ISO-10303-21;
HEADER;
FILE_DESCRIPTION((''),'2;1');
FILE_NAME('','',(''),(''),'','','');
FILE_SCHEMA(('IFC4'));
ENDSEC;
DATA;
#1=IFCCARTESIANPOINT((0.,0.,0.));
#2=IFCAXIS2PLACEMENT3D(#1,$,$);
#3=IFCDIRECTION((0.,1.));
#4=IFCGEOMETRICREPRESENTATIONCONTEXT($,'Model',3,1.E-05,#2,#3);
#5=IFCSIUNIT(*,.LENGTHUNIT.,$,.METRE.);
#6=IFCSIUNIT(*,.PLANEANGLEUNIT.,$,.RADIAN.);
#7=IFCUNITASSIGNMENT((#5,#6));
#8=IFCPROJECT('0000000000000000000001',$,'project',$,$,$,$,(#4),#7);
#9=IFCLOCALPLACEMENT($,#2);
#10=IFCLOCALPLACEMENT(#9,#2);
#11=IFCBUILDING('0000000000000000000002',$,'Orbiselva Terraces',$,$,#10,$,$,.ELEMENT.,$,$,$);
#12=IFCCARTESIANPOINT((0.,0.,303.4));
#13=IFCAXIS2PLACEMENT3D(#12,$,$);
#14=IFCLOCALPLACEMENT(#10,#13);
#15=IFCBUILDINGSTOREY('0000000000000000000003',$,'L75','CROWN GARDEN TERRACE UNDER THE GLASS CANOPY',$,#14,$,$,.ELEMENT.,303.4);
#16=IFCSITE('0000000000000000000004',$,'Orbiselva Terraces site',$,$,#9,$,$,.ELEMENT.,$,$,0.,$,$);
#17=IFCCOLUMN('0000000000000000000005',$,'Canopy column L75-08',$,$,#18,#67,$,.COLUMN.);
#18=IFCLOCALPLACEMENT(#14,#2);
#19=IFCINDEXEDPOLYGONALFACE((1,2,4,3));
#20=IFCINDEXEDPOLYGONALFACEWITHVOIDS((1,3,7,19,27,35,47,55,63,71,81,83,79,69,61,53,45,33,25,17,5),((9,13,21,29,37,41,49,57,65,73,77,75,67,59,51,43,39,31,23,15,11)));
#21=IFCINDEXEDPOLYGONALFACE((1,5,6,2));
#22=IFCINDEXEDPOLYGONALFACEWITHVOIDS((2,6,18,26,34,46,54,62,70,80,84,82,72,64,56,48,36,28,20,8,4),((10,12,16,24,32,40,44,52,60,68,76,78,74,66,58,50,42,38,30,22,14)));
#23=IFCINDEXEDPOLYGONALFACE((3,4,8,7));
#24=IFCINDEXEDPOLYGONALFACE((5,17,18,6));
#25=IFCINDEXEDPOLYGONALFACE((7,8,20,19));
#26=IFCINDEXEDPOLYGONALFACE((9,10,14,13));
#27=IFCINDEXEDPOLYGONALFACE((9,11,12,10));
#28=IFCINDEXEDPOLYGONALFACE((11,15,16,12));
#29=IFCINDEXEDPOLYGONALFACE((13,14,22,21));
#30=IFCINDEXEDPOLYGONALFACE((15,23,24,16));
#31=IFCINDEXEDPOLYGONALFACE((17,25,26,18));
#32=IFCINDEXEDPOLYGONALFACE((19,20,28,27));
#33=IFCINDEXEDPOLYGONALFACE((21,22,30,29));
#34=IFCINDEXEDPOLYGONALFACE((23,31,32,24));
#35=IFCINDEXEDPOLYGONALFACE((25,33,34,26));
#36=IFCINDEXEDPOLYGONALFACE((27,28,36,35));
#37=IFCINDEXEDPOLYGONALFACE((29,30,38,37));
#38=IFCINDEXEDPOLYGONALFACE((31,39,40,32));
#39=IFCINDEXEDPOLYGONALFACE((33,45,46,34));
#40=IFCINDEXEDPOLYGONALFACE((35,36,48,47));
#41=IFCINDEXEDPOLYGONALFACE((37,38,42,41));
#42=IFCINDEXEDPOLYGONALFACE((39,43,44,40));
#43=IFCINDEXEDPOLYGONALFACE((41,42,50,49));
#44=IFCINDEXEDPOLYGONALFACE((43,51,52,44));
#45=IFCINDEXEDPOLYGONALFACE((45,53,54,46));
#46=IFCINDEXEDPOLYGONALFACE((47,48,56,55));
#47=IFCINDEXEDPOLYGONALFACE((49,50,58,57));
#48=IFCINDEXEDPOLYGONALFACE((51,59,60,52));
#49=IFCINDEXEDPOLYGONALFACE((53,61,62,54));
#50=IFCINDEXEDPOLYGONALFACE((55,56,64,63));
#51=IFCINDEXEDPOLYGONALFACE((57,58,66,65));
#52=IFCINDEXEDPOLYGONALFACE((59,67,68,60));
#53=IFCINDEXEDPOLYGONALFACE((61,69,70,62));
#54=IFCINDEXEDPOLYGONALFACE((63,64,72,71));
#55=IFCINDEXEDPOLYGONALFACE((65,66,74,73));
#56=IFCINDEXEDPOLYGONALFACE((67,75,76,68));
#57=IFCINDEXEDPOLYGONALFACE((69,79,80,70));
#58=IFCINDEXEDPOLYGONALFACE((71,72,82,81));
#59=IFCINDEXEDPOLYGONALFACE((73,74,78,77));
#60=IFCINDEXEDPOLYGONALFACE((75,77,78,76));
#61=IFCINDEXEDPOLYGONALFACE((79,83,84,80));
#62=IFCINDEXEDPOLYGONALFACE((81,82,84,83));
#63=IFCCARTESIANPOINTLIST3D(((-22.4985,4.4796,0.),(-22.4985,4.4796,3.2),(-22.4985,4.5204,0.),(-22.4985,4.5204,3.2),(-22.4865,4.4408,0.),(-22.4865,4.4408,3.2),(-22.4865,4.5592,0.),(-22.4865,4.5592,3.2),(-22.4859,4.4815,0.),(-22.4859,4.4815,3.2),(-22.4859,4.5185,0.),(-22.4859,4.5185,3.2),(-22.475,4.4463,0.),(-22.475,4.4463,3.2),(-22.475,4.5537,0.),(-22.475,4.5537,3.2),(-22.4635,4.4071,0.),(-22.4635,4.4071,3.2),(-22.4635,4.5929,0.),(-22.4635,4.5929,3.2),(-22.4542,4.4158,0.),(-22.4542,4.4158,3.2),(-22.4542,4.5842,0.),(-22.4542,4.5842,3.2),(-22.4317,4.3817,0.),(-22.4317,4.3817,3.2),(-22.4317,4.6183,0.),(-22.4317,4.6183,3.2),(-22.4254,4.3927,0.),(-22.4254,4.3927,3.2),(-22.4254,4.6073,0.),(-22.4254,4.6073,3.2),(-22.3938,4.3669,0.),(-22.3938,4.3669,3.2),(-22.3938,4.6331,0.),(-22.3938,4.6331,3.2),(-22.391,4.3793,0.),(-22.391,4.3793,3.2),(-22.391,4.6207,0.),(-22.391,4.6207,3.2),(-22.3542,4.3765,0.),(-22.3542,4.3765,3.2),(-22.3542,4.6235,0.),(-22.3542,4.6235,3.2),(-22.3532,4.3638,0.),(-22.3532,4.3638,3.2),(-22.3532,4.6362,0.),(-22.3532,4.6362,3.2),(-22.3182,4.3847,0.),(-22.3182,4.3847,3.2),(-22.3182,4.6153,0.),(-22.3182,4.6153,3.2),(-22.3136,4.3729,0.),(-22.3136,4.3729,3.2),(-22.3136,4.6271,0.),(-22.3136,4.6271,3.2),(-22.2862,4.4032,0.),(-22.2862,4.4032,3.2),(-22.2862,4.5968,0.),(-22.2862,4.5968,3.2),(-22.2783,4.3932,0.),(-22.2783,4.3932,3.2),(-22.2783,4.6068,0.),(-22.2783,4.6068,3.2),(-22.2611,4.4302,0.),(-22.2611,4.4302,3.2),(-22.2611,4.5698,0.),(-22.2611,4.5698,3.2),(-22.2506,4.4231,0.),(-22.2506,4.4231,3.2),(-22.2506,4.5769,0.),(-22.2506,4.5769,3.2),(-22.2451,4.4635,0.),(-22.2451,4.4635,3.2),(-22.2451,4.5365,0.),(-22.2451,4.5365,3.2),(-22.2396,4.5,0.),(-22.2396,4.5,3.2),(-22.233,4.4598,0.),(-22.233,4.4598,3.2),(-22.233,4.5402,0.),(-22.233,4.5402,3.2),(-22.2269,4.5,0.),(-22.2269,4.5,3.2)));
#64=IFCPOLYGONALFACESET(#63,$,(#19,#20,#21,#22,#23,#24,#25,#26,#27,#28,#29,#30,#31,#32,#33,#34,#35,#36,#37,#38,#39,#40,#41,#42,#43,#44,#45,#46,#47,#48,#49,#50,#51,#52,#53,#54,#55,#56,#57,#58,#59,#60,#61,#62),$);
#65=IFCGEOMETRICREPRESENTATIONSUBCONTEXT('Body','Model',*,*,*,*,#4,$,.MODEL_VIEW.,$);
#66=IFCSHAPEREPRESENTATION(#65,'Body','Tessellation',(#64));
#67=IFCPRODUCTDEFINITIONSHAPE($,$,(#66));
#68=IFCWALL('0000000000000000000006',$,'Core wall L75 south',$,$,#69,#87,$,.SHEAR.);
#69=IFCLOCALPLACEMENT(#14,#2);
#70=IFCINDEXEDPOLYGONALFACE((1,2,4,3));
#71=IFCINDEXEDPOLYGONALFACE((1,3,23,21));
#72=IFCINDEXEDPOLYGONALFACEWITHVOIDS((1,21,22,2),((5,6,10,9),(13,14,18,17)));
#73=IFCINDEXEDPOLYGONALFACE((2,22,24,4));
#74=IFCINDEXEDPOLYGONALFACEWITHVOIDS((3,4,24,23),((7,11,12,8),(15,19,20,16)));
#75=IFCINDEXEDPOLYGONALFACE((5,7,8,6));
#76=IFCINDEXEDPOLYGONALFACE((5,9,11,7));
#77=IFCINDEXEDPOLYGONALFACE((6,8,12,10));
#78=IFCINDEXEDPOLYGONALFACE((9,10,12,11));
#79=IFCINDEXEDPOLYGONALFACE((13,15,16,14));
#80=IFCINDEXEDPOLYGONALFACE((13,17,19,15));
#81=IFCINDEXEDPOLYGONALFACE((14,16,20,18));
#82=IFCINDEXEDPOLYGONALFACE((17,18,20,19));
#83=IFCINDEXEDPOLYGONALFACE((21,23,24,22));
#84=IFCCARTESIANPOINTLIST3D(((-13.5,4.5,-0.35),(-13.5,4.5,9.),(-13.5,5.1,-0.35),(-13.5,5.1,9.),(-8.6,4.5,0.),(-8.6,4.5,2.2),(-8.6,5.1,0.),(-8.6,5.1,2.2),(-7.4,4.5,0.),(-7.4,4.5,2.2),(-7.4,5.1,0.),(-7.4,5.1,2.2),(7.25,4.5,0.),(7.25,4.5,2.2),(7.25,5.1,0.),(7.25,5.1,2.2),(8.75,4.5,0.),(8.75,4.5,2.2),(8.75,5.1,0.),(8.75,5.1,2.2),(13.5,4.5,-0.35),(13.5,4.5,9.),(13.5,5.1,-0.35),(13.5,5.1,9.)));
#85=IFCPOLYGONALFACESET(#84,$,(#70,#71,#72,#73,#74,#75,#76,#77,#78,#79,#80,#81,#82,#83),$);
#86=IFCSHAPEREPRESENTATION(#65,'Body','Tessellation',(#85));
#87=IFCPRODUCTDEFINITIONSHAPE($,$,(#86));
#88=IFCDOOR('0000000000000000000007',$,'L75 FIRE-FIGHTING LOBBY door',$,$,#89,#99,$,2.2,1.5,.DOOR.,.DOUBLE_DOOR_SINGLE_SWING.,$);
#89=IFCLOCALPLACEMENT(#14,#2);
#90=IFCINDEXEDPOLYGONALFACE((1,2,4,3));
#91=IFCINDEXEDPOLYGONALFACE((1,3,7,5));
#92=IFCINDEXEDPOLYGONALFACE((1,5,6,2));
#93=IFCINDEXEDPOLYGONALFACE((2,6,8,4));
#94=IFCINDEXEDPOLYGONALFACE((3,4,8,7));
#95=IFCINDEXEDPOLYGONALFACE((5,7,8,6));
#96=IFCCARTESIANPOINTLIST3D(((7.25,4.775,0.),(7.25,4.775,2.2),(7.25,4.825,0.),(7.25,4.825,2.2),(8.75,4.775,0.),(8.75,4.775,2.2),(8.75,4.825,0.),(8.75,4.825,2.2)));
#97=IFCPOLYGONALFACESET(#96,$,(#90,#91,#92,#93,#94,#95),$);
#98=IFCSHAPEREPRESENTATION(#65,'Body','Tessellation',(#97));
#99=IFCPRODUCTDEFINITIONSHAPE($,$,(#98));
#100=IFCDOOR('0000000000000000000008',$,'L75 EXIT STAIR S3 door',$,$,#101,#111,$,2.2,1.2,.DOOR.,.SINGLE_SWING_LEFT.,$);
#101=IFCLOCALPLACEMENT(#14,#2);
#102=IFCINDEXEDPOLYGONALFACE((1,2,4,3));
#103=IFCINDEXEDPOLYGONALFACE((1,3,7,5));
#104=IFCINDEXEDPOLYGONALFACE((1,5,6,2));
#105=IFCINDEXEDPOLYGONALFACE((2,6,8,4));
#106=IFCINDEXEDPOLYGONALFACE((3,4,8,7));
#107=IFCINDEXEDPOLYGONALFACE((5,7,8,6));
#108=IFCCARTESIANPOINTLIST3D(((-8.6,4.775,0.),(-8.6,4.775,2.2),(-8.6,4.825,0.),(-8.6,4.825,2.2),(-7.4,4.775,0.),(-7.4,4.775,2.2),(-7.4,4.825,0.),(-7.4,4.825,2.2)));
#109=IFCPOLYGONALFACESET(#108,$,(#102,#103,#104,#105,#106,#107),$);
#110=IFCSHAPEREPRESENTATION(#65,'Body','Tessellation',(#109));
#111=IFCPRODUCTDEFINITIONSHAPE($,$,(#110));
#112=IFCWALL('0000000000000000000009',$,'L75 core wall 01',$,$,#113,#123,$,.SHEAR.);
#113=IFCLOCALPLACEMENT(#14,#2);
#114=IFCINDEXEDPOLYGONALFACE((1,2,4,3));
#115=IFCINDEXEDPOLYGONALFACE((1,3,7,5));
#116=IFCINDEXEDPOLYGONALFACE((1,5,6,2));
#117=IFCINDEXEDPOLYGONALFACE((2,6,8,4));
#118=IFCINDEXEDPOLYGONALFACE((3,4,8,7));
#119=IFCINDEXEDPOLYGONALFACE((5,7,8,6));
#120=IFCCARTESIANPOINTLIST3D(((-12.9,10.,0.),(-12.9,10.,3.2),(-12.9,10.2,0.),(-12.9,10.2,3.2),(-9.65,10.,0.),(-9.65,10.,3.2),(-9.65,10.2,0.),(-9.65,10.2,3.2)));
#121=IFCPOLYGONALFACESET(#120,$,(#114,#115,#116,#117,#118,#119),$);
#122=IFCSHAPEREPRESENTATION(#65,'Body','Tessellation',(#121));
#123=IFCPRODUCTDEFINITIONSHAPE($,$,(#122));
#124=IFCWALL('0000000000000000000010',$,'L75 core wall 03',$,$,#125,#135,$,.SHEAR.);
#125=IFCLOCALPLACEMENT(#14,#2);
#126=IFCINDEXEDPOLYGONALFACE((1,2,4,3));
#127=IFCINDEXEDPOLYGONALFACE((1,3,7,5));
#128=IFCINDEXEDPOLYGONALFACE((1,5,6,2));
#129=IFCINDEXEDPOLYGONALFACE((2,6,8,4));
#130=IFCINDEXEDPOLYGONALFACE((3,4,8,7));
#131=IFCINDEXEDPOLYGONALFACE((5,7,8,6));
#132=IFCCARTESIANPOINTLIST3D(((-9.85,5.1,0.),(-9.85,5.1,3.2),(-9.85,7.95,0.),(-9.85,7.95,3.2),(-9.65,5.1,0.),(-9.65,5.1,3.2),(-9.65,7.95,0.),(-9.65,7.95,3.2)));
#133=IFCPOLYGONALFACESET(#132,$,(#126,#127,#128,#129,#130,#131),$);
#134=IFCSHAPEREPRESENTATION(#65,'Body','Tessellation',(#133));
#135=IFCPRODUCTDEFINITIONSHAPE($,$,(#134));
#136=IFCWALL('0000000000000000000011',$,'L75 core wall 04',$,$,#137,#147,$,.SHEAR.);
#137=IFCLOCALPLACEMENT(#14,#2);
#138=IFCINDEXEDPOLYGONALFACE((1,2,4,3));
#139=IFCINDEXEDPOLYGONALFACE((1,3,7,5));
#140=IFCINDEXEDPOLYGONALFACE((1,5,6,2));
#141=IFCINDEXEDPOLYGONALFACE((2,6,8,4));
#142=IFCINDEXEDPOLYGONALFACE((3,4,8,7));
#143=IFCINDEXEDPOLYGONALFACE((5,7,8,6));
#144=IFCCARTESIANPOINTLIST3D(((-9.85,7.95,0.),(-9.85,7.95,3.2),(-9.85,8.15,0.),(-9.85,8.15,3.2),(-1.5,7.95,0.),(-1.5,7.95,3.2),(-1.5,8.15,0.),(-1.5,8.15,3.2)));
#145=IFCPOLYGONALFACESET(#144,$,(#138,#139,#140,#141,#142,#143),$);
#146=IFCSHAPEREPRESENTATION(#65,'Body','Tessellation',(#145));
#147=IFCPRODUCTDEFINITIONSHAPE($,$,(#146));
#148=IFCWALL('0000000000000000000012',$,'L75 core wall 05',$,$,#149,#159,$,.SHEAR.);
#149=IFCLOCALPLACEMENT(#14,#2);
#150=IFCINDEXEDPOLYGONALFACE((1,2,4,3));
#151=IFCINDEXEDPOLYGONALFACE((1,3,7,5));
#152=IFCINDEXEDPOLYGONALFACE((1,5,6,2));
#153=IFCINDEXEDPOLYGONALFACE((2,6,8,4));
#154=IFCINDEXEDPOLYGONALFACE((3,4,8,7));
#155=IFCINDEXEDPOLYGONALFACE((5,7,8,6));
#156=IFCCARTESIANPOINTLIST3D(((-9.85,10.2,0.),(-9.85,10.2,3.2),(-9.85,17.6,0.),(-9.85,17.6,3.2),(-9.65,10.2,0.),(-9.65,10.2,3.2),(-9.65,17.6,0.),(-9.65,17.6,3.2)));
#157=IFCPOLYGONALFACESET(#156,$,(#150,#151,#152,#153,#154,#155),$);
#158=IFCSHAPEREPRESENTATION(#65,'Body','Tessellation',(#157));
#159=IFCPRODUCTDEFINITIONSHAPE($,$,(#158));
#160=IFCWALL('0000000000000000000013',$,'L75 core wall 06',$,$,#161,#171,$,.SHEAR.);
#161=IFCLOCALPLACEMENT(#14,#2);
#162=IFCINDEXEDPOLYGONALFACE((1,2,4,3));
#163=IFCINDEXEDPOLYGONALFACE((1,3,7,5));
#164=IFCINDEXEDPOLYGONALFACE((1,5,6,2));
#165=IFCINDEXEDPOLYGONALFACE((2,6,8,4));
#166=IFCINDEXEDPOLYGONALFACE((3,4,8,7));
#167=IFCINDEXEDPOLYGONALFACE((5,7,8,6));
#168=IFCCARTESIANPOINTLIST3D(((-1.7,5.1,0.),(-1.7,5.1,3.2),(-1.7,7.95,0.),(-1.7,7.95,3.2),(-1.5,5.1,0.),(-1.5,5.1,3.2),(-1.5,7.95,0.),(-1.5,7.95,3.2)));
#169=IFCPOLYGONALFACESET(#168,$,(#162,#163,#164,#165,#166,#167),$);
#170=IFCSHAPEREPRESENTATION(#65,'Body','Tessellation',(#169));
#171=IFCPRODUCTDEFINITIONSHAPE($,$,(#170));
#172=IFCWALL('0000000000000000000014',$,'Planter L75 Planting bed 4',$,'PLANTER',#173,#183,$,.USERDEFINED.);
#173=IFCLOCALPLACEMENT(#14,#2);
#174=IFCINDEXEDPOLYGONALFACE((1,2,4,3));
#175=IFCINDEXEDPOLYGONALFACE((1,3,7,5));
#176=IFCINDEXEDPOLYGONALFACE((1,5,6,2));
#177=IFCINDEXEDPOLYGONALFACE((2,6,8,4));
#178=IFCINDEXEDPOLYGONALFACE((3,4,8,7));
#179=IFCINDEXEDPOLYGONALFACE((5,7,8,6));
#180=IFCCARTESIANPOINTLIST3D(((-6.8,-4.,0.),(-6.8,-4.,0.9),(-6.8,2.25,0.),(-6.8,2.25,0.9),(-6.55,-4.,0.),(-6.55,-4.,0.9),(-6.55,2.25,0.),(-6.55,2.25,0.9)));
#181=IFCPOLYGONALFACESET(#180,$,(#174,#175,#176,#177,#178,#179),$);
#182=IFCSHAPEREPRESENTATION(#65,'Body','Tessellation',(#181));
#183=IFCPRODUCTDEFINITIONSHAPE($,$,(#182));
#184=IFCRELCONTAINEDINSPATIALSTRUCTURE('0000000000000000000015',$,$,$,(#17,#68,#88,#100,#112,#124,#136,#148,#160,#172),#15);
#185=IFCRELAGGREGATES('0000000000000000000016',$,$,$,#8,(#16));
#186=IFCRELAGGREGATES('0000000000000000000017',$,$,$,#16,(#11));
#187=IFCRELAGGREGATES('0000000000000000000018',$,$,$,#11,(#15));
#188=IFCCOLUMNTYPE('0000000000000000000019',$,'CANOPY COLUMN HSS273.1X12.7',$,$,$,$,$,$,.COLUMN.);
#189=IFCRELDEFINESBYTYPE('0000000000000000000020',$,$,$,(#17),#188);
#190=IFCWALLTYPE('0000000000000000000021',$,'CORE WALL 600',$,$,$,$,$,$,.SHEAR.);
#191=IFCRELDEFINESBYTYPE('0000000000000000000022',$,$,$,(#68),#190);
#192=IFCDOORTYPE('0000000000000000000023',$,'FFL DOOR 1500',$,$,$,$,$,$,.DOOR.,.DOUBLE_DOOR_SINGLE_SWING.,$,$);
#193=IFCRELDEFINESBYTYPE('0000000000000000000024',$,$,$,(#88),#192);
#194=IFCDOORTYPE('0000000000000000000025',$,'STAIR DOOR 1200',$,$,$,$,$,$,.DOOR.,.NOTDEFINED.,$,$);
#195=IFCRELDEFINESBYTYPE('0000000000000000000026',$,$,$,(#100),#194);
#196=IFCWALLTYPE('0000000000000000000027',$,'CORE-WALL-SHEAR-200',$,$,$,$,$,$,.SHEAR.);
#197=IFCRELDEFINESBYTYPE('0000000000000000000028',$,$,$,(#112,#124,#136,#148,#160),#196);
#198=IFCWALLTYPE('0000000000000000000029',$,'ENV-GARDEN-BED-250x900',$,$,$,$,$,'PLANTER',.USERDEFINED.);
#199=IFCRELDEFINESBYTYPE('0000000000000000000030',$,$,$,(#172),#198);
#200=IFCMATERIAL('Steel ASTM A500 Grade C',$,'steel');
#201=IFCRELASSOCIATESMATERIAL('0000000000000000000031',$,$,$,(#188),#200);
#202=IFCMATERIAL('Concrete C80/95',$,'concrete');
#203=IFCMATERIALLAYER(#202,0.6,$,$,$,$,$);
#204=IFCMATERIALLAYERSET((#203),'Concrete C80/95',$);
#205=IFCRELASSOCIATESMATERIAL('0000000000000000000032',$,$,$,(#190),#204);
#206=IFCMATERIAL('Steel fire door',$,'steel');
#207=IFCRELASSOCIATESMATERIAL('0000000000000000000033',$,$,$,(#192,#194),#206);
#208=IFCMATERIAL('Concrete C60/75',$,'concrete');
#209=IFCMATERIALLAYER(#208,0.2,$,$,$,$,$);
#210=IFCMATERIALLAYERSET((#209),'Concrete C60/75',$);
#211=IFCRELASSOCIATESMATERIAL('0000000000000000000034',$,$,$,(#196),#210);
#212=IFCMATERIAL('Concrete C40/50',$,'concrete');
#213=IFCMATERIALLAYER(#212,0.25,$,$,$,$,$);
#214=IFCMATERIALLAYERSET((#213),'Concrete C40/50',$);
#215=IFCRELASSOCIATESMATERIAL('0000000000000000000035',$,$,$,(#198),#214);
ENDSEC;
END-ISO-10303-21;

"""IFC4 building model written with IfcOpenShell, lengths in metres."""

from ifc_helpers import new_model, si_unit, direction, frame, frame_2d, origin, origin_2d, place, context, subcontext, project, spatial, rectangle, hollow_circle, extrude, material, layer, layer_set, material_profile, profile_set, type_object, element, fill, save


model = new_model("IFC4")

# Units and contexts
model_context = context("Model", 3, precision=1e-05, world=origin(), true_north=direction((0.0, 1.0)))
body_context = subcontext(model_context, "Body", "Model", "MODEL_VIEW")
ifc_project = project(units=[si_unit("LENGTHUNIT", "METRE"), si_unit("PLANEANGLEUNIT", "RADIAN")], contexts=[model_context])

# Site, building, storey
site_placement = place(None, origin())
site = spatial("IfcSite", under=ifc_project, at=site_placement, Name="Orbiselva Terraces site", CompositionType="ELEMENT", RefElevation=0.0)
building_placement = place(site_placement, origin())
building = spatial("IfcBuilding", under=site, at=building_placement, Name="Orbiselva Terraces", CompositionType="ELEMENT")
storey_placement = place(building_placement, frame((0.0, 0.0, 303.4)))
storey = spatial("IfcBuildingStorey", under=building, at=storey_placement, Name="L75", Description="CROWN GARDEN TERRACE UNDER THE GLASS CANOPY", CompositionType="ELEMENT", Elevation=303.4)

# Column
ifc_material_1 = material(Name="Steel ASTM A500 Grade C", Category="steel")
ifc_material_profile = material_profile(ifc_material_1, hollow_circle(Radius=0.1366, WallThickness=0.0127, at=origin_2d()), Name="HSS273.1X12.7")
ifc_profile_set = profile_set([ifc_material_profile], Name="Steel ASTM A500 Grade C")
column_type = type_object("IfcColumnType", Name="CANOPY COLUMN HSS273.1X12.7", PredefinedType="COLUMN", material=ifc_profile_set)
column_placement = place(storey_placement, frame((-22.3635, 4.5, 0.0), z_axis=(0.0, 0.0, 1.0), x_axis=(1.0, 0.0, 0.0)))
element("IfcColumn", 1, at=column_placement, inside=storey, type_object=column_type, Name="Canopy column L75-08", PredefinedType="COLUMN", context=body_context, shape_type="SweptSolid", body=[
    extrude(hollow_circle(Radius=0.1366, WallThickness=0.0127, at=origin_2d()), origin(), (0.0, 0.0, 1.0), 3.2),
])

# Wall, openings, doors
ifc_material_2 = material(Name="Concrete C80/95", Category="concrete")
ifc_layer_1 = layer(ifc_material_2, 0.6)
ifc_layer_set_1 = layer_set([ifc_layer_1], Name="Concrete C80/95")
wall_type_1 = type_object("IfcWallType", Name="CORE WALL 600", PredefinedType="SHEAR", material=ifc_layer_set_1)
wall_1_placement = place(storey_placement, frame((-13.5, 4.8, -0.35), z_axis=(0.0, 0.0, 1.0), x_axis=(1.0, 0.0, 0.0)))
wall_1 = element("IfcWall", 2, at=wall_1_placement, inside=storey, type_object=wall_type_1, Name="Core wall L75 south", PredefinedType="SHEAR", context=body_context, shape_type="SweptSolid", body=[
    extrude(rectangle(XDim=27.0, YDim=0.6, at=frame_2d((13.5, 0.0))), origin(), (0.0, 0.0, 1.0), 9.35),
])
opening_1_placement = place(wall_1_placement, frame((4.9, 0.0, 0.35)))
opening_1 = element("IfcOpeningElement", 3, at=opening_1_placement, cuts=wall_1, PredefinedType="OPENING", context=body_context, shape_type="SweptSolid", body=[
    extrude(rectangle(XDim=1.2, YDim=2.2, at=frame_2d((0.6, 1.1))), frame((0.0, 0.31, 0.0), z_axis=(0.0, -1.0, 0.0), x_axis=(1.0, 0.0, 0.0)), (0.0, 0.0, 1.0), 0.62),
])
opening_2_placement = place(wall_1_placement, frame((20.75, 0.0, 0.35)))
opening_2 = element("IfcOpeningElement", 4, at=opening_2_placement, cuts=wall_1, PredefinedType="OPENING", context=body_context, shape_type="SweptSolid", body=[
    extrude(rectangle(XDim=1.5, YDim=2.2, at=frame_2d((0.75, 1.1))), frame((0.0, 0.31, 0.0), z_axis=(0.0, -1.0, 0.0), x_axis=(1.0, 0.0, 0.0)), (0.0, 0.0, 1.0), 0.62),
])
ifc_material_3 = material(Name="Steel fire door", Category="steel")
door_type_1 = type_object("IfcDoorType", Name="FFL DOOR 1500", OperationType="DOUBLE_DOOR_SINGLE_SWING", PredefinedType="DOOR", material=ifc_material_3)
door_1_placement = place(opening_2_placement, frame((1.5, 0.0, 0.0), z_axis=(0.0, 0.0, 1.0), x_axis=(-1.0, 0.0, 0.0)))
door_1 = element("IfcDoor", 5, at=door_1_placement, inside=storey, type_object=door_type_1, Name="L75 FIRE-FIGHTING LOBBY door", OperationType="DOUBLE_DOOR_SINGLE_SWING", OverallHeight=2.2, OverallWidth=1.5, PredefinedType="DOOR", context=body_context, shape_type="SweptSolid", body=[
    extrude(rectangle(XDim=1.5, YDim=2.2, at=frame_2d((0.75, 1.1))), frame((0.0, 0.025, 0.0), z_axis=(0.0, -1.0, 0.0), x_axis=(1.0, 0.0, 0.0)), (0.0, 0.0, 1.0), 0.05),
])
fill(opening_2, door_1)
door_type_2 = type_object("IfcDoorType", Name="STAIR DOOR 1200", OperationType="NOTDEFINED", PredefinedType="DOOR", material=ifc_material_3)
door_2_placement = place(opening_1_placement, frame((1.2, 0.0, 0.0), z_axis=(0.0, 0.0, 1.0), x_axis=(-1.0, 0.0, 0.0)))
door_2 = element("IfcDoor", 6, at=door_2_placement, inside=storey, type_object=door_type_2, Name="L75 EXIT STAIR S3 door", OperationType="SINGLE_SWING_LEFT", OverallHeight=2.2, OverallWidth=1.2, PredefinedType="DOOR", context=body_context, shape_type="SweptSolid", body=[
    extrude(rectangle(XDim=1.2, YDim=2.2, at=frame_2d((0.6, 1.1))), frame((0.0, 0.025, 0.0), z_axis=(0.0, -1.0, 0.0), x_axis=(1.0, 0.0, 0.0)), (0.0, 0.0, 1.0), 0.05),
])
fill(opening_1, door_2)

# Walls
ifc_material_4 = material(Name="Concrete C60/75", Category="concrete")
ifc_layer_2 = layer(ifc_material_4, 0.2)
ifc_layer_set_2 = layer_set([ifc_layer_2], Name="Concrete C60/75")
wall_type_2 = type_object("IfcWallType", Name="CORE-WALL-SHEAR-200", PredefinedType="SHEAR", material=ifc_layer_set_2)
wall_2_placement = place(storey_placement, frame((-12.9, 10.1, 0.0), z_axis=(0.0, 0.0, 1.0), x_axis=(1.0, 0.0, 0.0)))
element("IfcWall", 7, at=wall_2_placement, inside=storey, type_object=wall_type_2, Name="L75 core wall 01", PredefinedType="SHEAR", context=body_context, shape_type="SweptSolid", body=[
    extrude(rectangle(XDim=3.25, YDim=0.2, at=frame_2d((1.625, 0.0))), origin(), (0.0, 0.0, 1.0), 3.2),
])
wall_3_placement = place(storey_placement, frame((-9.75, 5.1, 0.0), z_axis=(0.0, 0.0, 1.0), x_axis=(0.0, 1.0, 0.0)))
element("IfcWall", 8, at=wall_3_placement, inside=storey, type_object=wall_type_2, Name="L75 core wall 03", PredefinedType="SHEAR", context=body_context, shape_type="SweptSolid", body=[
    extrude(rectangle(XDim=2.85, YDim=0.2, at=frame_2d((1.425, 0.0))), origin(), (0.0, 0.0, 1.0), 3.2),
])
wall_4_placement = place(storey_placement, frame((-9.85, 8.05, 0.0), z_axis=(0.0, 0.0, 1.0), x_axis=(1.0, 0.0, 0.0)))
element("IfcWall", 9, at=wall_4_placement, inside=storey, type_object=wall_type_2, Name="L75 core wall 04", PredefinedType="SHEAR", context=body_context, shape_type="SweptSolid", body=[
    extrude(rectangle(XDim=8.35, YDim=0.2, at=frame_2d((4.175, 0.0))), origin(), (0.0, 0.0, 1.0), 3.2),
])
wall_5_placement = place(storey_placement, frame((-9.75, 10.2, 0.0), z_axis=(0.0, 0.0, 1.0), x_axis=(0.0, 1.0, 0.0)))
element("IfcWall", 10, at=wall_5_placement, inside=storey, type_object=wall_type_2, Name="L75 core wall 05", PredefinedType="SHEAR", context=body_context, shape_type="SweptSolid", body=[
    extrude(rectangle(XDim=7.4, YDim=0.2, at=frame_2d((3.7, 0.0))), origin(), (0.0, 0.0, 1.0), 3.2),
])
wall_6_placement = place(storey_placement, frame((-1.6, 5.1, 0.0), z_axis=(0.0, 0.0, 1.0), x_axis=(0.0, 1.0, 0.0)))
element("IfcWall", 11, at=wall_6_placement, inside=storey, type_object=wall_type_2, Name="L75 core wall 06", PredefinedType="SHEAR", context=body_context, shape_type="SweptSolid", body=[
    extrude(rectangle(XDim=2.85, YDim=0.2, at=frame_2d((1.425, 0.0))), origin(), (0.0, 0.0, 1.0), 3.2),
])
ifc_material_5 = material(Name="Concrete C40/50", Category="concrete")
ifc_layer_3 = layer(ifc_material_5, 0.25)
ifc_layer_set_3 = layer_set([ifc_layer_3], Name="Concrete C40/50")
wall_type_3 = type_object("IfcWallType", Name="ENV-GARDEN-BED-250x900", ElementType="PLANTER", PredefinedType="USERDEFINED", material=ifc_layer_set_3)
wall_7_placement = place(storey_placement, frame((-6.675, 2.25, 0.0), z_axis=(0.0, 0.0, 1.0), x_axis=(0.0, -1.0, 0.0)))
element("IfcWall", 12, at=wall_7_placement, inside=storey, type_object=wall_type_3, Name="Planter L75 Planting bed 4", ObjectType="PLANTER", PredefinedType="USERDEFINED", context=body_context, shape_type="SweptSolid", body=[
    extrude(rectangle(XDim=6.25, YDim=0.25, at=frame_2d((3.125, 0.0))), origin(), (0.0, 0.0, 1.0), 0.9),
])

save(model, "model.ifc")
